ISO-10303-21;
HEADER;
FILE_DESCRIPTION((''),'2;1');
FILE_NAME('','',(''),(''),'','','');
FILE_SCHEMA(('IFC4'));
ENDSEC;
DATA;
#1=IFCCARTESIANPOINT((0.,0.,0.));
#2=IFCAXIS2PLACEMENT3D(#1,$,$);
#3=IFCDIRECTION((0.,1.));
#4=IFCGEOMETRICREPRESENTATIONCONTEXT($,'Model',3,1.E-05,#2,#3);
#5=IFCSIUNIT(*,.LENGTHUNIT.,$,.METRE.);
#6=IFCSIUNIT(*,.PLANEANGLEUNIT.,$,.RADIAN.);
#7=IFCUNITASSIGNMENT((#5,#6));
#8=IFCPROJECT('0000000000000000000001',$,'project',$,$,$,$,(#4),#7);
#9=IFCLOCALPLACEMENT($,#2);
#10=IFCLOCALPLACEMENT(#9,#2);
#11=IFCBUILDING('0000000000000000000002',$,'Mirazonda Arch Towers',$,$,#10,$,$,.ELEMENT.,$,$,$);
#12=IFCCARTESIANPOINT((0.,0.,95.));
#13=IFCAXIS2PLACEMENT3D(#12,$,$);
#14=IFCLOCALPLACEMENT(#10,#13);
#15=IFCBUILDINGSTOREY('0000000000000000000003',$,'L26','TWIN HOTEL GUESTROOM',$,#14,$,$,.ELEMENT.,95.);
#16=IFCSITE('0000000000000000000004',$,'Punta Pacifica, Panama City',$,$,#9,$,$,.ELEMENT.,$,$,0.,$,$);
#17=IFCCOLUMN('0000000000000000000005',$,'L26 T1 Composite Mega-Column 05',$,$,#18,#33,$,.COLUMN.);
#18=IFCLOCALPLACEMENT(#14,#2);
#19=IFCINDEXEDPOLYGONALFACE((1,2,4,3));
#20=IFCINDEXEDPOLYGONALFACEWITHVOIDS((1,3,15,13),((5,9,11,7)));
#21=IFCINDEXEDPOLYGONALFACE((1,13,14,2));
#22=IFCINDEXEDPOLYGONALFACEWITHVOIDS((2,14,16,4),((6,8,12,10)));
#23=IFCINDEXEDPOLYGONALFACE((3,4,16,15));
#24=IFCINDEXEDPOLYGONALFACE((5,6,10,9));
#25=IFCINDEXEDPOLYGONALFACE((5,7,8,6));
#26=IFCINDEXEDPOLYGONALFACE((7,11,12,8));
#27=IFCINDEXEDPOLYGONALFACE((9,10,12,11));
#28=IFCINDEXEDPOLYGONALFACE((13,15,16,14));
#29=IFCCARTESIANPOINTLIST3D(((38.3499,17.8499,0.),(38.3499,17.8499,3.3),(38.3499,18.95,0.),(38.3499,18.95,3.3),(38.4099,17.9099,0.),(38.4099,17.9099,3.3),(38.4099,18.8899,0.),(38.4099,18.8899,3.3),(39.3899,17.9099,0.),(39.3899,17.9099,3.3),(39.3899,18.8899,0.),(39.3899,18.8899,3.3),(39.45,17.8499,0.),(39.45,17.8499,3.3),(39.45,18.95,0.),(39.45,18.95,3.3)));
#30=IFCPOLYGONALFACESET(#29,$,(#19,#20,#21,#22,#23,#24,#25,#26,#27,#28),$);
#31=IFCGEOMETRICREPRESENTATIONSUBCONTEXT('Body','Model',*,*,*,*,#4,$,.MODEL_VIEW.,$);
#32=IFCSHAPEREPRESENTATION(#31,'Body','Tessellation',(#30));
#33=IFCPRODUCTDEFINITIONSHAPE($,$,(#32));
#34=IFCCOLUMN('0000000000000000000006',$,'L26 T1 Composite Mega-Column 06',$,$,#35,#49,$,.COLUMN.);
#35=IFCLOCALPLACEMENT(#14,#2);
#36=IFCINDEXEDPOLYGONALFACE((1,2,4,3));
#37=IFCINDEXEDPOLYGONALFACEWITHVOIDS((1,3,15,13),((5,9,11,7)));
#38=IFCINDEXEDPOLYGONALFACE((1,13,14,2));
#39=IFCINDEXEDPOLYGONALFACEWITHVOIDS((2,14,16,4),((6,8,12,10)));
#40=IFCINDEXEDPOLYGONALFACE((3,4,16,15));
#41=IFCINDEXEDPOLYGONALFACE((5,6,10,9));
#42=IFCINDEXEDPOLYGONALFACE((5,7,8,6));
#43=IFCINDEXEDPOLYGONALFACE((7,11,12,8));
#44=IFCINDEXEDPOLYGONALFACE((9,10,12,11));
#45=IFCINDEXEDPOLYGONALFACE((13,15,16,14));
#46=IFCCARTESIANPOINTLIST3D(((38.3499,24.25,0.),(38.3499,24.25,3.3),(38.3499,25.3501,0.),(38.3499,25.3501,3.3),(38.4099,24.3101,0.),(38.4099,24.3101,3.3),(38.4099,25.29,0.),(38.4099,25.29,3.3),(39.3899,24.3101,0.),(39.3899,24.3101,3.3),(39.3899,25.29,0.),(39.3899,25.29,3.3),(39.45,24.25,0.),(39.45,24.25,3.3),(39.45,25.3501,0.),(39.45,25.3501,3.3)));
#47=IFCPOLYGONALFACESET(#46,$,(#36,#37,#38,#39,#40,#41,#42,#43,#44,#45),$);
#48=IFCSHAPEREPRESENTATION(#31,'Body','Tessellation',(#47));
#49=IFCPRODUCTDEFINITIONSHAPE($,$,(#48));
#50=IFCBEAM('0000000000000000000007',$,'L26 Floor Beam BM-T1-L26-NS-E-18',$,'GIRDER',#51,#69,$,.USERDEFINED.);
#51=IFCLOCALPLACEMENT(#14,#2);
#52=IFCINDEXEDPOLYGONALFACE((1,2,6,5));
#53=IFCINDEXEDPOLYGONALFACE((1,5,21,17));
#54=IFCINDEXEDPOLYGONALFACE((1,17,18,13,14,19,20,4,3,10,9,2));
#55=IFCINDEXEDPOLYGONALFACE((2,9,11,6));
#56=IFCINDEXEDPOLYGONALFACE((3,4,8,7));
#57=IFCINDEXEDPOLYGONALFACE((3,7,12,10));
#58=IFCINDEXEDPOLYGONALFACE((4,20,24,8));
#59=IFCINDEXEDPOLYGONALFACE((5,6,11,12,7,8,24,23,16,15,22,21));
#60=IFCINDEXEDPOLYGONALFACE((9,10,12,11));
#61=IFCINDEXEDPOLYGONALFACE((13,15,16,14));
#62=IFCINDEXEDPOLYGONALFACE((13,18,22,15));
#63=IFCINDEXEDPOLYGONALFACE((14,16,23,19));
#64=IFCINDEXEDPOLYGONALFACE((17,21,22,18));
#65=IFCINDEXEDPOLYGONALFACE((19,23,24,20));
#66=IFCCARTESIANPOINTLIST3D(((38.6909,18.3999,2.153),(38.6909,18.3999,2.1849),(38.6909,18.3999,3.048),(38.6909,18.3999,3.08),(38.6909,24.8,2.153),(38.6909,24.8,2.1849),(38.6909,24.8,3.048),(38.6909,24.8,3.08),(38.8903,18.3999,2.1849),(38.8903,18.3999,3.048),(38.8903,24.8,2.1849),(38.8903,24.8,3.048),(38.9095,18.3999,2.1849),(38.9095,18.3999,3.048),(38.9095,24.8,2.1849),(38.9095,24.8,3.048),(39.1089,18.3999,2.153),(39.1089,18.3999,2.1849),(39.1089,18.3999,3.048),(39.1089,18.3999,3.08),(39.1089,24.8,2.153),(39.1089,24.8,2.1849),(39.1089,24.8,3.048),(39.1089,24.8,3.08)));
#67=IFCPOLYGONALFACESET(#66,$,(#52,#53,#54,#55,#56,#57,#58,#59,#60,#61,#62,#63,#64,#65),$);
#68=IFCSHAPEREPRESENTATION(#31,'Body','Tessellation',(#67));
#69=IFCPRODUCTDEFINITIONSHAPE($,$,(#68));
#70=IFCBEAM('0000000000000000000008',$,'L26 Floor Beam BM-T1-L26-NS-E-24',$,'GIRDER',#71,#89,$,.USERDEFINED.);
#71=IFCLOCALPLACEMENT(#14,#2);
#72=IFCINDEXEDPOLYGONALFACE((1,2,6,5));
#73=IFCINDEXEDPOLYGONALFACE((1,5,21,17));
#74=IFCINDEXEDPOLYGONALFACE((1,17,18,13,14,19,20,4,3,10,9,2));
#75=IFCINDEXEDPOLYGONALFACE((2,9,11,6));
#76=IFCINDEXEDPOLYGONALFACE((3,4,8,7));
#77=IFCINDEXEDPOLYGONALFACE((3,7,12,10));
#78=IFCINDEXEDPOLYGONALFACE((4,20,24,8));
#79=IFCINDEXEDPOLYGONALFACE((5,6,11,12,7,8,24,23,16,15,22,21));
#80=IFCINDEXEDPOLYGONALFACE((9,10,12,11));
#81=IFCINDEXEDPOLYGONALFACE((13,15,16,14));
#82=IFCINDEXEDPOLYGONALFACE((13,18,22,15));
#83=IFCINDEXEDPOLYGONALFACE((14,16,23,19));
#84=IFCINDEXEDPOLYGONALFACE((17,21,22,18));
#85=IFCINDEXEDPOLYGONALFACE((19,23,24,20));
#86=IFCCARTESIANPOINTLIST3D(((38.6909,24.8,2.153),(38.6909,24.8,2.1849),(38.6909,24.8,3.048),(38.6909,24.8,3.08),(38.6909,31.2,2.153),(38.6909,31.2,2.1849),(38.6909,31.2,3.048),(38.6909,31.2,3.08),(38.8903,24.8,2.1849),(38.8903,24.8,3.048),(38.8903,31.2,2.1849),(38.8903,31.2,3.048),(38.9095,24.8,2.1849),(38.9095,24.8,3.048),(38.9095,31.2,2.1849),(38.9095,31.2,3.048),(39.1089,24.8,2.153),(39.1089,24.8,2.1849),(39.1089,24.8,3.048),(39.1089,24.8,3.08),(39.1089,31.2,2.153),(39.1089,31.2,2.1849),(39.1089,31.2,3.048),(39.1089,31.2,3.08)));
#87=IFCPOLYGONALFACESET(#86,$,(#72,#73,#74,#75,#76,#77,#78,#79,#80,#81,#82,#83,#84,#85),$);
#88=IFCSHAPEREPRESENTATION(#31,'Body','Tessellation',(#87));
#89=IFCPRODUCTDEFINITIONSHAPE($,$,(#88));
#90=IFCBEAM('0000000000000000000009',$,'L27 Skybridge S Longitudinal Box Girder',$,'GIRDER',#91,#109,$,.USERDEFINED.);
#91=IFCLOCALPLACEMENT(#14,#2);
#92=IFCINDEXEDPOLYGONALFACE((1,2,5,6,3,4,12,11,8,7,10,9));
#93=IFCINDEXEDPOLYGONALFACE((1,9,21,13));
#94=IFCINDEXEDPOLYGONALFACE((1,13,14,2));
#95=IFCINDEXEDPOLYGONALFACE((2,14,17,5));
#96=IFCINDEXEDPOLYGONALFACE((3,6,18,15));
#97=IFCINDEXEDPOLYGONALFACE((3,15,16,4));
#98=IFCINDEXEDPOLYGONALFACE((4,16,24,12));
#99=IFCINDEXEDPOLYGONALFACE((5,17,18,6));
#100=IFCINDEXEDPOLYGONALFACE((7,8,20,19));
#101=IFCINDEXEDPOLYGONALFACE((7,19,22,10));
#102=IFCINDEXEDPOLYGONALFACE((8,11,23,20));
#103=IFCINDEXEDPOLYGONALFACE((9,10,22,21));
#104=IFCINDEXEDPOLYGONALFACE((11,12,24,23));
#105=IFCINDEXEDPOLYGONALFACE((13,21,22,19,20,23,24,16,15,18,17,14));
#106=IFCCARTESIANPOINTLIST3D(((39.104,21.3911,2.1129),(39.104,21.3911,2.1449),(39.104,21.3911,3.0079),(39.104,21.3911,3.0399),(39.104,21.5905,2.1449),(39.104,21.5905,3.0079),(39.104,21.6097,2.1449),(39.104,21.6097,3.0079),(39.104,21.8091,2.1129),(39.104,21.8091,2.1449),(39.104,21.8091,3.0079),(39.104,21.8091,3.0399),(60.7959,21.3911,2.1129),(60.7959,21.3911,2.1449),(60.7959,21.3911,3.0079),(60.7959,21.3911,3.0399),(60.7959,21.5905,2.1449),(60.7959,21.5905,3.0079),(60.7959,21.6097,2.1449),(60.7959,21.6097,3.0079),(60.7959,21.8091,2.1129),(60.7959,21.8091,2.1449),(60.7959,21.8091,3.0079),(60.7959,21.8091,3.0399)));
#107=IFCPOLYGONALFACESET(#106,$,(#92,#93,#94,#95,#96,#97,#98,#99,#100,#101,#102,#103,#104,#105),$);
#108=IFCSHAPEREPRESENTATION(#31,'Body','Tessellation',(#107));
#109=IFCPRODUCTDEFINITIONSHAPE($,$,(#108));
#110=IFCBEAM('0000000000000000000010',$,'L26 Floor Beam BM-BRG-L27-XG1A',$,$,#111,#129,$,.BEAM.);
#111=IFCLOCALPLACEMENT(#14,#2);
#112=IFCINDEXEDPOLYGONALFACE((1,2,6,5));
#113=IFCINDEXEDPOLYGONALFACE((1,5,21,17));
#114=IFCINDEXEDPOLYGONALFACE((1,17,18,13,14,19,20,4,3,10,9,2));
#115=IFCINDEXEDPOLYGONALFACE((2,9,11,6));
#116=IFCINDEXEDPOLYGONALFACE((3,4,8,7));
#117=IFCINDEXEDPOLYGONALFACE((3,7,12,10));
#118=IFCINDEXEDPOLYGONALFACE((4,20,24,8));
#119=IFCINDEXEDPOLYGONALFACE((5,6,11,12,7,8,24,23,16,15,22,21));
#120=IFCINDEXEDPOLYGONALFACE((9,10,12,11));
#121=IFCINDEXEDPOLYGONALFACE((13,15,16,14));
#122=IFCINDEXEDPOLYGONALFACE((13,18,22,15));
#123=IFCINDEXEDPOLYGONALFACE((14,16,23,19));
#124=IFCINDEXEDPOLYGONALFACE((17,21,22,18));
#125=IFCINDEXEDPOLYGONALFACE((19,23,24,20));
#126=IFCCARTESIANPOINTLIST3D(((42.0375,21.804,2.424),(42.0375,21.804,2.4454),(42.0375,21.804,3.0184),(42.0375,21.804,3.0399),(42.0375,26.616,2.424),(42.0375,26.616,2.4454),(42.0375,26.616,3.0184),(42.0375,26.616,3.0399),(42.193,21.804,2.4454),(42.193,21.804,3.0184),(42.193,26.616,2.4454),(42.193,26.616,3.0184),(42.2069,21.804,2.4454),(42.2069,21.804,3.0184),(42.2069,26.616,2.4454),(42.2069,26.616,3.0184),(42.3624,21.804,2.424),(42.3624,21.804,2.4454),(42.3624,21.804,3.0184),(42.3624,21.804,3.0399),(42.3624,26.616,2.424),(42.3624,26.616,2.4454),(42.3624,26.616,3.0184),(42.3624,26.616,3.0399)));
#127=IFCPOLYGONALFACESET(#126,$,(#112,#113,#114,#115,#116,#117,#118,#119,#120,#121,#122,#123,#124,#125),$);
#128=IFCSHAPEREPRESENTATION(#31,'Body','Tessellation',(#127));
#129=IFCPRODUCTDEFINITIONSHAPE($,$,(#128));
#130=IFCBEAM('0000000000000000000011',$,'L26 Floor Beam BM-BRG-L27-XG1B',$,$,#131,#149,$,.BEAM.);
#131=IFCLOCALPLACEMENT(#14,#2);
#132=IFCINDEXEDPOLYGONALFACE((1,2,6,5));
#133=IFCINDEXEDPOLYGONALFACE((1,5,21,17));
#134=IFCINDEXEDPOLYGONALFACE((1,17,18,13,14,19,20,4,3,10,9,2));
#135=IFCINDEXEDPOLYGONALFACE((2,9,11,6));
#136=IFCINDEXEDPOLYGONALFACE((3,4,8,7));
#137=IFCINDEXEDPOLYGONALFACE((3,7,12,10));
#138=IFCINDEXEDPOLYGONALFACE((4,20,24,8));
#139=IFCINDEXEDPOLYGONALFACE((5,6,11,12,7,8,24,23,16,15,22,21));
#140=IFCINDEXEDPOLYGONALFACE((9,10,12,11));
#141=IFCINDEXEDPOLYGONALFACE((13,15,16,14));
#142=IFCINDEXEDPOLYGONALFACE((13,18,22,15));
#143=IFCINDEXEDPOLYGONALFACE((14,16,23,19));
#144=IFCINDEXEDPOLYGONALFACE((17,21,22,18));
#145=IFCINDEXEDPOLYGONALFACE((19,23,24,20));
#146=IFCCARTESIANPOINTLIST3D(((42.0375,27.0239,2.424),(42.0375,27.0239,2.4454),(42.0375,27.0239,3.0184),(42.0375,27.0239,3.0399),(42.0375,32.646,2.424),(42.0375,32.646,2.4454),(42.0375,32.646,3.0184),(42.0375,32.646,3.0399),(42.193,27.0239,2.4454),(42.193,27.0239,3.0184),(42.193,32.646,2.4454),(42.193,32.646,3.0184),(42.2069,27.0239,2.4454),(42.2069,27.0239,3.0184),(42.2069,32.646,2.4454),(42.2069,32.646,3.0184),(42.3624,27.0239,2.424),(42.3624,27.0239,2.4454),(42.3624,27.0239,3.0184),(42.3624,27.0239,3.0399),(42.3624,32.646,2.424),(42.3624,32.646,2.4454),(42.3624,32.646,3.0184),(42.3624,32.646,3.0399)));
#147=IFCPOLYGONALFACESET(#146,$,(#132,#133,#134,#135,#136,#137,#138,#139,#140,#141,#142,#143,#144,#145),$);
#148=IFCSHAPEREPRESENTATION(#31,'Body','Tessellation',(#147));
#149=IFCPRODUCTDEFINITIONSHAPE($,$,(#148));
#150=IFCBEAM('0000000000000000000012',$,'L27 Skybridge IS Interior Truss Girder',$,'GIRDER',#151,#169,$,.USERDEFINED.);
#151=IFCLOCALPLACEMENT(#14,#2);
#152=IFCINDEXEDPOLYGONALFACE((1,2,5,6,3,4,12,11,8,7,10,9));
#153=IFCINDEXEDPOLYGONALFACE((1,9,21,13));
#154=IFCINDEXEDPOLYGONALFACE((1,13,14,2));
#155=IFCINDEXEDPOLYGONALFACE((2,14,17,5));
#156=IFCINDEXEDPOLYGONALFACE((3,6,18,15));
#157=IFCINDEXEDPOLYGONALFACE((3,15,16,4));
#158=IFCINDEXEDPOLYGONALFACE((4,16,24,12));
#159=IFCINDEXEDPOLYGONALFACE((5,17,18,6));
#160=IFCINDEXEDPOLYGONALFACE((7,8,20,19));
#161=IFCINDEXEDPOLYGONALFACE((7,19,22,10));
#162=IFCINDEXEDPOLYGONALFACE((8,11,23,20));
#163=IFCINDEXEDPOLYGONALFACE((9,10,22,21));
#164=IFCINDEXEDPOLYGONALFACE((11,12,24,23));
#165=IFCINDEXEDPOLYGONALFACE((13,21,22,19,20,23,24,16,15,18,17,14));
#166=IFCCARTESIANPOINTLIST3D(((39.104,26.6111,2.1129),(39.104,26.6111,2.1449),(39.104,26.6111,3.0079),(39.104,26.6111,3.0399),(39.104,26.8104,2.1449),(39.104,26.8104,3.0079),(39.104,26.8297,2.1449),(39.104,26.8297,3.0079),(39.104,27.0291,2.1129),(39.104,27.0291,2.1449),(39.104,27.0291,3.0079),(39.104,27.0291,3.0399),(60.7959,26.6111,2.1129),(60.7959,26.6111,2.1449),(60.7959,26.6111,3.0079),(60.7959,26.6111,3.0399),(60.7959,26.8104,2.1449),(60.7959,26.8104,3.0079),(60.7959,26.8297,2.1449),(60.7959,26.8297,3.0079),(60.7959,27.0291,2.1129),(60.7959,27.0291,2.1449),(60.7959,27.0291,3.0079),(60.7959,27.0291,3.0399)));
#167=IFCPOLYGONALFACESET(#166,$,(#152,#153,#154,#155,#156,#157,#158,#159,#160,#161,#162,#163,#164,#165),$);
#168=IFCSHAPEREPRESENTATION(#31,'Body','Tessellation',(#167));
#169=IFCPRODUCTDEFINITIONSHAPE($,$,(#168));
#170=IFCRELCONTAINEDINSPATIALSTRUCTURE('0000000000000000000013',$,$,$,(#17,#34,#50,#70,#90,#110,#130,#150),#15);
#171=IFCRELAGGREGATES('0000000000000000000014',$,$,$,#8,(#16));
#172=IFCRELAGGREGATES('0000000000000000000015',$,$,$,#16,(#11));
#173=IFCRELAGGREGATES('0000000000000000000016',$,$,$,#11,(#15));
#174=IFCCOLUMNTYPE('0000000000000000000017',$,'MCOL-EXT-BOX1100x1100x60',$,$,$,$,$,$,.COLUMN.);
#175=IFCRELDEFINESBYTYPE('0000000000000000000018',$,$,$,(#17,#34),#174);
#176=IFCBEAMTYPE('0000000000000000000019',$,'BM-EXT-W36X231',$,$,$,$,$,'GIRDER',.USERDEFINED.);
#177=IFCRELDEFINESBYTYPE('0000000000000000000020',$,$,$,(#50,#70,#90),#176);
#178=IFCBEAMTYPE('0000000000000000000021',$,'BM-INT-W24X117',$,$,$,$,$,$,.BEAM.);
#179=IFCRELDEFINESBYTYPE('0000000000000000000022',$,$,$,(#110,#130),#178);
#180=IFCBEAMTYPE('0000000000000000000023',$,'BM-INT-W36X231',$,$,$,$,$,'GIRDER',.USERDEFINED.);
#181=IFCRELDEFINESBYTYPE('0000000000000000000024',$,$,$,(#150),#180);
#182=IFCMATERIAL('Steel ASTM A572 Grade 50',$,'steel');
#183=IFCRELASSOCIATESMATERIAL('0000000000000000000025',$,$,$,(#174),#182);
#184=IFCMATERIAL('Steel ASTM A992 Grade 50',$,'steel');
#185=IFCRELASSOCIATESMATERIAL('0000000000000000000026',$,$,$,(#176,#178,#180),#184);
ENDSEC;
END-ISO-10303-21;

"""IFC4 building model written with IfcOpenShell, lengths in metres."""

from ifc_helpers import new_model, si_unit, direction, frame, origin, origin_2d, place, context, subcontext, project, spatial, hollow_rectangle, i_section, extrude, material, material_profile, profile_set, type_object, element, save


model = new_model("IFC4")

# Units and contexts
model_context = context("Model", 3, precision=1e-05, world=origin(), true_north=direction((0.0, 1.0)))
body_context = subcontext(model_context, "Body", "Model", "MODEL_VIEW")
ifc_project = project(units=[si_unit("LENGTHUNIT", "METRE"), si_unit("PLANEANGLEUNIT", "RADIAN")], contexts=[model_context])

# Site, building, storey
site_placement = place(None, origin())
site = spatial("IfcSite", under=ifc_project, at=site_placement, Name="Punta Pacifica, Panama City", CompositionType="ELEMENT", RefElevation=0.0)
building_placement = place(site_placement, origin())
building = spatial("IfcBuilding", under=site, at=building_placement, Name="Mirazonda Arch Towers", CompositionType="ELEMENT")
storey_placement = place(building_placement, frame((0.0, 0.0, 95.0)))
storey = spatial("IfcBuildingStorey", under=building, at=storey_placement, Name="L26", Description="TWIN HOTEL GUESTROOM", CompositionType="ELEMENT", Elevation=95.0)

# Columns
ifc_material_1 = material(Name="Steel ASTM A572 Grade 50", Category="steel")
ifc_material_profile_1 = material_profile(ifc_material_1, hollow_rectangle(XDim=1.1001, YDim=1.1001, WallThickness=0.0601, at=origin_2d()), Name="BOX1100x1100x60")
ifc_profile_set_1 = profile_set([ifc_material_profile_1], Name="Steel ASTM A572 Grade 50")
column_type = type_object("IfcColumnType", Name="MCOL-EXT-BOX1100x1100x60", PredefinedType="COLUMN", material=ifc_profile_set_1)
for number, where, z_axis, x_axis, name in (
    (1, (38.8999, 18.3999, 0.0), (0.0, 0.0, 1.0), (1.0, 0.0, 0.0), "L26 T1 Composite Mega-Column 05"),
    (2, (38.8999, 24.8, 0.0), (0.0, 0.0, 1.0), (1.0, 0.0, 0.0), "L26 T1 Composite Mega-Column 06"),
):
    element("IfcColumn", number, at=place(storey_placement, frame(where, z_axis=z_axis, x_axis=x_axis)), inside=storey, type_object=column_type, Name=name, PredefinedType="COLUMN", context=body_context, shape_type="SweptSolid", body=[
        extrude(hollow_rectangle(XDim=1.1001, YDim=1.1001, WallThickness=0.0601, at=origin_2d()), origin(), (0.0, 0.0, 1.0), 3.3),
    ])

# Beams
ifc_material_2 = material(Name="Steel ASTM A992 Grade 50", Category="steel")
ifc_material_profile_2 = material_profile(ifc_material_2, i_section(OverallWidth=0.418, OverallDepth=0.927, WebThickness=0.0193, FlangeThickness=0.032, at=origin_2d()), Name="W36X231")
ifc_profile_set_2 = profile_set([ifc_material_profile_2], Name="Steel ASTM A992 Grade 50")
beam_type_1 = type_object("IfcBeamType", Name="BM-EXT-W36X231", ElementType="GIRDER", PredefinedType="USERDEFINED", material=ifc_profile_set_2)
beam_1_placement = place(storey_placement, frame((38.8999, 18.3999, 2.6165), z_axis=(0.0, 1.0, 0.0), x_axis=(-1.0, 0.0, 0.0)))
element("IfcBeam", 3, at=beam_1_placement, inside=storey, type_object=beam_type_1, Name="L26 Floor Beam BM-T1-L26-NS-E-18", ObjectType="GIRDER", PredefinedType="USERDEFINED", context=body_context, shape_type="SweptSolid", body=[
    extrude(i_section(OverallWidth=0.418, OverallDepth=0.927, WebThickness=0.0193, FlangeThickness=0.032, at=origin_2d()), origin(), (0.0, 0.0, 1.0), 6.4001),
])
beam_2_placement = place(storey_placement, frame((38.8999, 24.8, 2.6165), z_axis=(0.0, 1.0, 0.0), x_axis=(-1.0, 0.0, 0.0)))
element("IfcBeam", 4, at=beam_2_placement, inside=storey, type_object=beam_type_1, Name="L26 Floor Beam BM-T1-L26-NS-E-24", ObjectType="GIRDER", PredefinedType="USERDEFINED", context=body_context, shape_type="SweptSolid", body=[
    extrude(i_section(OverallWidth=0.418, OverallDepth=0.927, WebThickness=0.0193, FlangeThickness=0.032, at=origin_2d()), origin(), (0.0, 0.0, 1.0), 6.3999),
])
beam_3_placement = place(storey_placement, frame((39.104, 21.6001, 2.5764), z_axis=(1.0, 0.0, 0.0), x_axis=(0.0, 1.0, 0.0)))
element("IfcBeam", 5, at=beam_3_placement, inside=storey, type_object=beam_type_1, Name="L27 Skybridge S Longitudinal Box Girder", ObjectType="GIRDER", PredefinedType="USERDEFINED", context=body_context, shape_type="SweptSolid", body=[
    extrude(i_section(OverallWidth=0.418, OverallDepth=0.927, WebThickness=0.0193, FlangeThickness=0.032, at=origin_2d()), origin(), (0.0, 0.0, 1.0), 21.6919),
])
ifc_material_profile_3 = material_profile(ifc_material_2, i_section(OverallWidth=0.325, OverallDepth=0.616, WebThickness=0.0139, FlangeThickness=0.0215, at=origin_2d()), Name="W24X117")
ifc_profile_set_3 = profile_set([ifc_material_profile_3], Name="Steel ASTM A992 Grade 50")
beam_type_2 = type_object("IfcBeamType", Name="BM-INT-W24X117", PredefinedType="BEAM", material=ifc_profile_set_3)
beam_4_placement = place(storey_placement, frame((42.2, 21.804, 2.7319), z_axis=(0.0, 1.0, 0.0), x_axis=(-1.0, 0.0, 0.0)))
element("IfcBeam", 6, at=beam_4_placement, inside=storey, type_object=beam_type_2, Name="L26 Floor Beam BM-BRG-L27-XG1A", PredefinedType="BEAM", context=body_context, shape_type="SweptSolid", body=[
    extrude(i_section(OverallWidth=0.325, OverallDepth=0.616, WebThickness=0.0139, FlangeThickness=0.0215, at=origin_2d()), origin(), (0.0, 0.0, 1.0), 4.812),
])
beam_5_placement = place(storey_placement, frame((42.2, 27.0239, 2.7319), z_axis=(0.0, 1.0, 0.0), x_axis=(-1.0, 0.0, 0.0)))
element("IfcBeam", 7, at=beam_5_placement, inside=storey, type_object=beam_type_2, Name="L26 Floor Beam BM-BRG-L27-XG1B", PredefinedType="BEAM", context=body_context, shape_type="SweptSolid", body=[
    extrude(i_section(OverallWidth=0.325, OverallDepth=0.616, WebThickness=0.0139, FlangeThickness=0.0215, at=origin_2d()), origin(), (0.0, 0.0, 1.0), 5.6221),
])
ifc_material_profile_4 = material_profile(ifc_material_2, i_section(OverallWidth=0.418, OverallDepth=0.927, WebThickness=0.0193, FlangeThickness=0.032, at=origin_2d()), Name="W36X231")
ifc_profile_set_4 = profile_set([ifc_material_profile_4], Name="Steel ASTM A992 Grade 50")
beam_type_3 = type_object("IfcBeamType", Name="BM-INT-W36X231", ElementType="GIRDER", PredefinedType="USERDEFINED", material=ifc_profile_set_4)
beam_6_placement = place(storey_placement, frame((39.104, 26.8201, 2.5764), z_axis=(1.0, 0.0, 0.0), x_axis=(0.0, 1.0, 0.0)))
element("IfcBeam", 8, at=beam_6_placement, inside=storey, type_object=beam_type_3, Name="L27 Skybridge IS Interior Truss Girder", ObjectType="GIRDER", PredefinedType="USERDEFINED", context=body_context, shape_type="SweptSolid", body=[
    extrude(i_section(OverallWidth=0.418, OverallDepth=0.927, WebThickness=0.0193, FlangeThickness=0.032, at=origin_2d()), origin(), (0.0, 0.0, 1.0), 21.6919),
])

save(model, "model.ifc")
